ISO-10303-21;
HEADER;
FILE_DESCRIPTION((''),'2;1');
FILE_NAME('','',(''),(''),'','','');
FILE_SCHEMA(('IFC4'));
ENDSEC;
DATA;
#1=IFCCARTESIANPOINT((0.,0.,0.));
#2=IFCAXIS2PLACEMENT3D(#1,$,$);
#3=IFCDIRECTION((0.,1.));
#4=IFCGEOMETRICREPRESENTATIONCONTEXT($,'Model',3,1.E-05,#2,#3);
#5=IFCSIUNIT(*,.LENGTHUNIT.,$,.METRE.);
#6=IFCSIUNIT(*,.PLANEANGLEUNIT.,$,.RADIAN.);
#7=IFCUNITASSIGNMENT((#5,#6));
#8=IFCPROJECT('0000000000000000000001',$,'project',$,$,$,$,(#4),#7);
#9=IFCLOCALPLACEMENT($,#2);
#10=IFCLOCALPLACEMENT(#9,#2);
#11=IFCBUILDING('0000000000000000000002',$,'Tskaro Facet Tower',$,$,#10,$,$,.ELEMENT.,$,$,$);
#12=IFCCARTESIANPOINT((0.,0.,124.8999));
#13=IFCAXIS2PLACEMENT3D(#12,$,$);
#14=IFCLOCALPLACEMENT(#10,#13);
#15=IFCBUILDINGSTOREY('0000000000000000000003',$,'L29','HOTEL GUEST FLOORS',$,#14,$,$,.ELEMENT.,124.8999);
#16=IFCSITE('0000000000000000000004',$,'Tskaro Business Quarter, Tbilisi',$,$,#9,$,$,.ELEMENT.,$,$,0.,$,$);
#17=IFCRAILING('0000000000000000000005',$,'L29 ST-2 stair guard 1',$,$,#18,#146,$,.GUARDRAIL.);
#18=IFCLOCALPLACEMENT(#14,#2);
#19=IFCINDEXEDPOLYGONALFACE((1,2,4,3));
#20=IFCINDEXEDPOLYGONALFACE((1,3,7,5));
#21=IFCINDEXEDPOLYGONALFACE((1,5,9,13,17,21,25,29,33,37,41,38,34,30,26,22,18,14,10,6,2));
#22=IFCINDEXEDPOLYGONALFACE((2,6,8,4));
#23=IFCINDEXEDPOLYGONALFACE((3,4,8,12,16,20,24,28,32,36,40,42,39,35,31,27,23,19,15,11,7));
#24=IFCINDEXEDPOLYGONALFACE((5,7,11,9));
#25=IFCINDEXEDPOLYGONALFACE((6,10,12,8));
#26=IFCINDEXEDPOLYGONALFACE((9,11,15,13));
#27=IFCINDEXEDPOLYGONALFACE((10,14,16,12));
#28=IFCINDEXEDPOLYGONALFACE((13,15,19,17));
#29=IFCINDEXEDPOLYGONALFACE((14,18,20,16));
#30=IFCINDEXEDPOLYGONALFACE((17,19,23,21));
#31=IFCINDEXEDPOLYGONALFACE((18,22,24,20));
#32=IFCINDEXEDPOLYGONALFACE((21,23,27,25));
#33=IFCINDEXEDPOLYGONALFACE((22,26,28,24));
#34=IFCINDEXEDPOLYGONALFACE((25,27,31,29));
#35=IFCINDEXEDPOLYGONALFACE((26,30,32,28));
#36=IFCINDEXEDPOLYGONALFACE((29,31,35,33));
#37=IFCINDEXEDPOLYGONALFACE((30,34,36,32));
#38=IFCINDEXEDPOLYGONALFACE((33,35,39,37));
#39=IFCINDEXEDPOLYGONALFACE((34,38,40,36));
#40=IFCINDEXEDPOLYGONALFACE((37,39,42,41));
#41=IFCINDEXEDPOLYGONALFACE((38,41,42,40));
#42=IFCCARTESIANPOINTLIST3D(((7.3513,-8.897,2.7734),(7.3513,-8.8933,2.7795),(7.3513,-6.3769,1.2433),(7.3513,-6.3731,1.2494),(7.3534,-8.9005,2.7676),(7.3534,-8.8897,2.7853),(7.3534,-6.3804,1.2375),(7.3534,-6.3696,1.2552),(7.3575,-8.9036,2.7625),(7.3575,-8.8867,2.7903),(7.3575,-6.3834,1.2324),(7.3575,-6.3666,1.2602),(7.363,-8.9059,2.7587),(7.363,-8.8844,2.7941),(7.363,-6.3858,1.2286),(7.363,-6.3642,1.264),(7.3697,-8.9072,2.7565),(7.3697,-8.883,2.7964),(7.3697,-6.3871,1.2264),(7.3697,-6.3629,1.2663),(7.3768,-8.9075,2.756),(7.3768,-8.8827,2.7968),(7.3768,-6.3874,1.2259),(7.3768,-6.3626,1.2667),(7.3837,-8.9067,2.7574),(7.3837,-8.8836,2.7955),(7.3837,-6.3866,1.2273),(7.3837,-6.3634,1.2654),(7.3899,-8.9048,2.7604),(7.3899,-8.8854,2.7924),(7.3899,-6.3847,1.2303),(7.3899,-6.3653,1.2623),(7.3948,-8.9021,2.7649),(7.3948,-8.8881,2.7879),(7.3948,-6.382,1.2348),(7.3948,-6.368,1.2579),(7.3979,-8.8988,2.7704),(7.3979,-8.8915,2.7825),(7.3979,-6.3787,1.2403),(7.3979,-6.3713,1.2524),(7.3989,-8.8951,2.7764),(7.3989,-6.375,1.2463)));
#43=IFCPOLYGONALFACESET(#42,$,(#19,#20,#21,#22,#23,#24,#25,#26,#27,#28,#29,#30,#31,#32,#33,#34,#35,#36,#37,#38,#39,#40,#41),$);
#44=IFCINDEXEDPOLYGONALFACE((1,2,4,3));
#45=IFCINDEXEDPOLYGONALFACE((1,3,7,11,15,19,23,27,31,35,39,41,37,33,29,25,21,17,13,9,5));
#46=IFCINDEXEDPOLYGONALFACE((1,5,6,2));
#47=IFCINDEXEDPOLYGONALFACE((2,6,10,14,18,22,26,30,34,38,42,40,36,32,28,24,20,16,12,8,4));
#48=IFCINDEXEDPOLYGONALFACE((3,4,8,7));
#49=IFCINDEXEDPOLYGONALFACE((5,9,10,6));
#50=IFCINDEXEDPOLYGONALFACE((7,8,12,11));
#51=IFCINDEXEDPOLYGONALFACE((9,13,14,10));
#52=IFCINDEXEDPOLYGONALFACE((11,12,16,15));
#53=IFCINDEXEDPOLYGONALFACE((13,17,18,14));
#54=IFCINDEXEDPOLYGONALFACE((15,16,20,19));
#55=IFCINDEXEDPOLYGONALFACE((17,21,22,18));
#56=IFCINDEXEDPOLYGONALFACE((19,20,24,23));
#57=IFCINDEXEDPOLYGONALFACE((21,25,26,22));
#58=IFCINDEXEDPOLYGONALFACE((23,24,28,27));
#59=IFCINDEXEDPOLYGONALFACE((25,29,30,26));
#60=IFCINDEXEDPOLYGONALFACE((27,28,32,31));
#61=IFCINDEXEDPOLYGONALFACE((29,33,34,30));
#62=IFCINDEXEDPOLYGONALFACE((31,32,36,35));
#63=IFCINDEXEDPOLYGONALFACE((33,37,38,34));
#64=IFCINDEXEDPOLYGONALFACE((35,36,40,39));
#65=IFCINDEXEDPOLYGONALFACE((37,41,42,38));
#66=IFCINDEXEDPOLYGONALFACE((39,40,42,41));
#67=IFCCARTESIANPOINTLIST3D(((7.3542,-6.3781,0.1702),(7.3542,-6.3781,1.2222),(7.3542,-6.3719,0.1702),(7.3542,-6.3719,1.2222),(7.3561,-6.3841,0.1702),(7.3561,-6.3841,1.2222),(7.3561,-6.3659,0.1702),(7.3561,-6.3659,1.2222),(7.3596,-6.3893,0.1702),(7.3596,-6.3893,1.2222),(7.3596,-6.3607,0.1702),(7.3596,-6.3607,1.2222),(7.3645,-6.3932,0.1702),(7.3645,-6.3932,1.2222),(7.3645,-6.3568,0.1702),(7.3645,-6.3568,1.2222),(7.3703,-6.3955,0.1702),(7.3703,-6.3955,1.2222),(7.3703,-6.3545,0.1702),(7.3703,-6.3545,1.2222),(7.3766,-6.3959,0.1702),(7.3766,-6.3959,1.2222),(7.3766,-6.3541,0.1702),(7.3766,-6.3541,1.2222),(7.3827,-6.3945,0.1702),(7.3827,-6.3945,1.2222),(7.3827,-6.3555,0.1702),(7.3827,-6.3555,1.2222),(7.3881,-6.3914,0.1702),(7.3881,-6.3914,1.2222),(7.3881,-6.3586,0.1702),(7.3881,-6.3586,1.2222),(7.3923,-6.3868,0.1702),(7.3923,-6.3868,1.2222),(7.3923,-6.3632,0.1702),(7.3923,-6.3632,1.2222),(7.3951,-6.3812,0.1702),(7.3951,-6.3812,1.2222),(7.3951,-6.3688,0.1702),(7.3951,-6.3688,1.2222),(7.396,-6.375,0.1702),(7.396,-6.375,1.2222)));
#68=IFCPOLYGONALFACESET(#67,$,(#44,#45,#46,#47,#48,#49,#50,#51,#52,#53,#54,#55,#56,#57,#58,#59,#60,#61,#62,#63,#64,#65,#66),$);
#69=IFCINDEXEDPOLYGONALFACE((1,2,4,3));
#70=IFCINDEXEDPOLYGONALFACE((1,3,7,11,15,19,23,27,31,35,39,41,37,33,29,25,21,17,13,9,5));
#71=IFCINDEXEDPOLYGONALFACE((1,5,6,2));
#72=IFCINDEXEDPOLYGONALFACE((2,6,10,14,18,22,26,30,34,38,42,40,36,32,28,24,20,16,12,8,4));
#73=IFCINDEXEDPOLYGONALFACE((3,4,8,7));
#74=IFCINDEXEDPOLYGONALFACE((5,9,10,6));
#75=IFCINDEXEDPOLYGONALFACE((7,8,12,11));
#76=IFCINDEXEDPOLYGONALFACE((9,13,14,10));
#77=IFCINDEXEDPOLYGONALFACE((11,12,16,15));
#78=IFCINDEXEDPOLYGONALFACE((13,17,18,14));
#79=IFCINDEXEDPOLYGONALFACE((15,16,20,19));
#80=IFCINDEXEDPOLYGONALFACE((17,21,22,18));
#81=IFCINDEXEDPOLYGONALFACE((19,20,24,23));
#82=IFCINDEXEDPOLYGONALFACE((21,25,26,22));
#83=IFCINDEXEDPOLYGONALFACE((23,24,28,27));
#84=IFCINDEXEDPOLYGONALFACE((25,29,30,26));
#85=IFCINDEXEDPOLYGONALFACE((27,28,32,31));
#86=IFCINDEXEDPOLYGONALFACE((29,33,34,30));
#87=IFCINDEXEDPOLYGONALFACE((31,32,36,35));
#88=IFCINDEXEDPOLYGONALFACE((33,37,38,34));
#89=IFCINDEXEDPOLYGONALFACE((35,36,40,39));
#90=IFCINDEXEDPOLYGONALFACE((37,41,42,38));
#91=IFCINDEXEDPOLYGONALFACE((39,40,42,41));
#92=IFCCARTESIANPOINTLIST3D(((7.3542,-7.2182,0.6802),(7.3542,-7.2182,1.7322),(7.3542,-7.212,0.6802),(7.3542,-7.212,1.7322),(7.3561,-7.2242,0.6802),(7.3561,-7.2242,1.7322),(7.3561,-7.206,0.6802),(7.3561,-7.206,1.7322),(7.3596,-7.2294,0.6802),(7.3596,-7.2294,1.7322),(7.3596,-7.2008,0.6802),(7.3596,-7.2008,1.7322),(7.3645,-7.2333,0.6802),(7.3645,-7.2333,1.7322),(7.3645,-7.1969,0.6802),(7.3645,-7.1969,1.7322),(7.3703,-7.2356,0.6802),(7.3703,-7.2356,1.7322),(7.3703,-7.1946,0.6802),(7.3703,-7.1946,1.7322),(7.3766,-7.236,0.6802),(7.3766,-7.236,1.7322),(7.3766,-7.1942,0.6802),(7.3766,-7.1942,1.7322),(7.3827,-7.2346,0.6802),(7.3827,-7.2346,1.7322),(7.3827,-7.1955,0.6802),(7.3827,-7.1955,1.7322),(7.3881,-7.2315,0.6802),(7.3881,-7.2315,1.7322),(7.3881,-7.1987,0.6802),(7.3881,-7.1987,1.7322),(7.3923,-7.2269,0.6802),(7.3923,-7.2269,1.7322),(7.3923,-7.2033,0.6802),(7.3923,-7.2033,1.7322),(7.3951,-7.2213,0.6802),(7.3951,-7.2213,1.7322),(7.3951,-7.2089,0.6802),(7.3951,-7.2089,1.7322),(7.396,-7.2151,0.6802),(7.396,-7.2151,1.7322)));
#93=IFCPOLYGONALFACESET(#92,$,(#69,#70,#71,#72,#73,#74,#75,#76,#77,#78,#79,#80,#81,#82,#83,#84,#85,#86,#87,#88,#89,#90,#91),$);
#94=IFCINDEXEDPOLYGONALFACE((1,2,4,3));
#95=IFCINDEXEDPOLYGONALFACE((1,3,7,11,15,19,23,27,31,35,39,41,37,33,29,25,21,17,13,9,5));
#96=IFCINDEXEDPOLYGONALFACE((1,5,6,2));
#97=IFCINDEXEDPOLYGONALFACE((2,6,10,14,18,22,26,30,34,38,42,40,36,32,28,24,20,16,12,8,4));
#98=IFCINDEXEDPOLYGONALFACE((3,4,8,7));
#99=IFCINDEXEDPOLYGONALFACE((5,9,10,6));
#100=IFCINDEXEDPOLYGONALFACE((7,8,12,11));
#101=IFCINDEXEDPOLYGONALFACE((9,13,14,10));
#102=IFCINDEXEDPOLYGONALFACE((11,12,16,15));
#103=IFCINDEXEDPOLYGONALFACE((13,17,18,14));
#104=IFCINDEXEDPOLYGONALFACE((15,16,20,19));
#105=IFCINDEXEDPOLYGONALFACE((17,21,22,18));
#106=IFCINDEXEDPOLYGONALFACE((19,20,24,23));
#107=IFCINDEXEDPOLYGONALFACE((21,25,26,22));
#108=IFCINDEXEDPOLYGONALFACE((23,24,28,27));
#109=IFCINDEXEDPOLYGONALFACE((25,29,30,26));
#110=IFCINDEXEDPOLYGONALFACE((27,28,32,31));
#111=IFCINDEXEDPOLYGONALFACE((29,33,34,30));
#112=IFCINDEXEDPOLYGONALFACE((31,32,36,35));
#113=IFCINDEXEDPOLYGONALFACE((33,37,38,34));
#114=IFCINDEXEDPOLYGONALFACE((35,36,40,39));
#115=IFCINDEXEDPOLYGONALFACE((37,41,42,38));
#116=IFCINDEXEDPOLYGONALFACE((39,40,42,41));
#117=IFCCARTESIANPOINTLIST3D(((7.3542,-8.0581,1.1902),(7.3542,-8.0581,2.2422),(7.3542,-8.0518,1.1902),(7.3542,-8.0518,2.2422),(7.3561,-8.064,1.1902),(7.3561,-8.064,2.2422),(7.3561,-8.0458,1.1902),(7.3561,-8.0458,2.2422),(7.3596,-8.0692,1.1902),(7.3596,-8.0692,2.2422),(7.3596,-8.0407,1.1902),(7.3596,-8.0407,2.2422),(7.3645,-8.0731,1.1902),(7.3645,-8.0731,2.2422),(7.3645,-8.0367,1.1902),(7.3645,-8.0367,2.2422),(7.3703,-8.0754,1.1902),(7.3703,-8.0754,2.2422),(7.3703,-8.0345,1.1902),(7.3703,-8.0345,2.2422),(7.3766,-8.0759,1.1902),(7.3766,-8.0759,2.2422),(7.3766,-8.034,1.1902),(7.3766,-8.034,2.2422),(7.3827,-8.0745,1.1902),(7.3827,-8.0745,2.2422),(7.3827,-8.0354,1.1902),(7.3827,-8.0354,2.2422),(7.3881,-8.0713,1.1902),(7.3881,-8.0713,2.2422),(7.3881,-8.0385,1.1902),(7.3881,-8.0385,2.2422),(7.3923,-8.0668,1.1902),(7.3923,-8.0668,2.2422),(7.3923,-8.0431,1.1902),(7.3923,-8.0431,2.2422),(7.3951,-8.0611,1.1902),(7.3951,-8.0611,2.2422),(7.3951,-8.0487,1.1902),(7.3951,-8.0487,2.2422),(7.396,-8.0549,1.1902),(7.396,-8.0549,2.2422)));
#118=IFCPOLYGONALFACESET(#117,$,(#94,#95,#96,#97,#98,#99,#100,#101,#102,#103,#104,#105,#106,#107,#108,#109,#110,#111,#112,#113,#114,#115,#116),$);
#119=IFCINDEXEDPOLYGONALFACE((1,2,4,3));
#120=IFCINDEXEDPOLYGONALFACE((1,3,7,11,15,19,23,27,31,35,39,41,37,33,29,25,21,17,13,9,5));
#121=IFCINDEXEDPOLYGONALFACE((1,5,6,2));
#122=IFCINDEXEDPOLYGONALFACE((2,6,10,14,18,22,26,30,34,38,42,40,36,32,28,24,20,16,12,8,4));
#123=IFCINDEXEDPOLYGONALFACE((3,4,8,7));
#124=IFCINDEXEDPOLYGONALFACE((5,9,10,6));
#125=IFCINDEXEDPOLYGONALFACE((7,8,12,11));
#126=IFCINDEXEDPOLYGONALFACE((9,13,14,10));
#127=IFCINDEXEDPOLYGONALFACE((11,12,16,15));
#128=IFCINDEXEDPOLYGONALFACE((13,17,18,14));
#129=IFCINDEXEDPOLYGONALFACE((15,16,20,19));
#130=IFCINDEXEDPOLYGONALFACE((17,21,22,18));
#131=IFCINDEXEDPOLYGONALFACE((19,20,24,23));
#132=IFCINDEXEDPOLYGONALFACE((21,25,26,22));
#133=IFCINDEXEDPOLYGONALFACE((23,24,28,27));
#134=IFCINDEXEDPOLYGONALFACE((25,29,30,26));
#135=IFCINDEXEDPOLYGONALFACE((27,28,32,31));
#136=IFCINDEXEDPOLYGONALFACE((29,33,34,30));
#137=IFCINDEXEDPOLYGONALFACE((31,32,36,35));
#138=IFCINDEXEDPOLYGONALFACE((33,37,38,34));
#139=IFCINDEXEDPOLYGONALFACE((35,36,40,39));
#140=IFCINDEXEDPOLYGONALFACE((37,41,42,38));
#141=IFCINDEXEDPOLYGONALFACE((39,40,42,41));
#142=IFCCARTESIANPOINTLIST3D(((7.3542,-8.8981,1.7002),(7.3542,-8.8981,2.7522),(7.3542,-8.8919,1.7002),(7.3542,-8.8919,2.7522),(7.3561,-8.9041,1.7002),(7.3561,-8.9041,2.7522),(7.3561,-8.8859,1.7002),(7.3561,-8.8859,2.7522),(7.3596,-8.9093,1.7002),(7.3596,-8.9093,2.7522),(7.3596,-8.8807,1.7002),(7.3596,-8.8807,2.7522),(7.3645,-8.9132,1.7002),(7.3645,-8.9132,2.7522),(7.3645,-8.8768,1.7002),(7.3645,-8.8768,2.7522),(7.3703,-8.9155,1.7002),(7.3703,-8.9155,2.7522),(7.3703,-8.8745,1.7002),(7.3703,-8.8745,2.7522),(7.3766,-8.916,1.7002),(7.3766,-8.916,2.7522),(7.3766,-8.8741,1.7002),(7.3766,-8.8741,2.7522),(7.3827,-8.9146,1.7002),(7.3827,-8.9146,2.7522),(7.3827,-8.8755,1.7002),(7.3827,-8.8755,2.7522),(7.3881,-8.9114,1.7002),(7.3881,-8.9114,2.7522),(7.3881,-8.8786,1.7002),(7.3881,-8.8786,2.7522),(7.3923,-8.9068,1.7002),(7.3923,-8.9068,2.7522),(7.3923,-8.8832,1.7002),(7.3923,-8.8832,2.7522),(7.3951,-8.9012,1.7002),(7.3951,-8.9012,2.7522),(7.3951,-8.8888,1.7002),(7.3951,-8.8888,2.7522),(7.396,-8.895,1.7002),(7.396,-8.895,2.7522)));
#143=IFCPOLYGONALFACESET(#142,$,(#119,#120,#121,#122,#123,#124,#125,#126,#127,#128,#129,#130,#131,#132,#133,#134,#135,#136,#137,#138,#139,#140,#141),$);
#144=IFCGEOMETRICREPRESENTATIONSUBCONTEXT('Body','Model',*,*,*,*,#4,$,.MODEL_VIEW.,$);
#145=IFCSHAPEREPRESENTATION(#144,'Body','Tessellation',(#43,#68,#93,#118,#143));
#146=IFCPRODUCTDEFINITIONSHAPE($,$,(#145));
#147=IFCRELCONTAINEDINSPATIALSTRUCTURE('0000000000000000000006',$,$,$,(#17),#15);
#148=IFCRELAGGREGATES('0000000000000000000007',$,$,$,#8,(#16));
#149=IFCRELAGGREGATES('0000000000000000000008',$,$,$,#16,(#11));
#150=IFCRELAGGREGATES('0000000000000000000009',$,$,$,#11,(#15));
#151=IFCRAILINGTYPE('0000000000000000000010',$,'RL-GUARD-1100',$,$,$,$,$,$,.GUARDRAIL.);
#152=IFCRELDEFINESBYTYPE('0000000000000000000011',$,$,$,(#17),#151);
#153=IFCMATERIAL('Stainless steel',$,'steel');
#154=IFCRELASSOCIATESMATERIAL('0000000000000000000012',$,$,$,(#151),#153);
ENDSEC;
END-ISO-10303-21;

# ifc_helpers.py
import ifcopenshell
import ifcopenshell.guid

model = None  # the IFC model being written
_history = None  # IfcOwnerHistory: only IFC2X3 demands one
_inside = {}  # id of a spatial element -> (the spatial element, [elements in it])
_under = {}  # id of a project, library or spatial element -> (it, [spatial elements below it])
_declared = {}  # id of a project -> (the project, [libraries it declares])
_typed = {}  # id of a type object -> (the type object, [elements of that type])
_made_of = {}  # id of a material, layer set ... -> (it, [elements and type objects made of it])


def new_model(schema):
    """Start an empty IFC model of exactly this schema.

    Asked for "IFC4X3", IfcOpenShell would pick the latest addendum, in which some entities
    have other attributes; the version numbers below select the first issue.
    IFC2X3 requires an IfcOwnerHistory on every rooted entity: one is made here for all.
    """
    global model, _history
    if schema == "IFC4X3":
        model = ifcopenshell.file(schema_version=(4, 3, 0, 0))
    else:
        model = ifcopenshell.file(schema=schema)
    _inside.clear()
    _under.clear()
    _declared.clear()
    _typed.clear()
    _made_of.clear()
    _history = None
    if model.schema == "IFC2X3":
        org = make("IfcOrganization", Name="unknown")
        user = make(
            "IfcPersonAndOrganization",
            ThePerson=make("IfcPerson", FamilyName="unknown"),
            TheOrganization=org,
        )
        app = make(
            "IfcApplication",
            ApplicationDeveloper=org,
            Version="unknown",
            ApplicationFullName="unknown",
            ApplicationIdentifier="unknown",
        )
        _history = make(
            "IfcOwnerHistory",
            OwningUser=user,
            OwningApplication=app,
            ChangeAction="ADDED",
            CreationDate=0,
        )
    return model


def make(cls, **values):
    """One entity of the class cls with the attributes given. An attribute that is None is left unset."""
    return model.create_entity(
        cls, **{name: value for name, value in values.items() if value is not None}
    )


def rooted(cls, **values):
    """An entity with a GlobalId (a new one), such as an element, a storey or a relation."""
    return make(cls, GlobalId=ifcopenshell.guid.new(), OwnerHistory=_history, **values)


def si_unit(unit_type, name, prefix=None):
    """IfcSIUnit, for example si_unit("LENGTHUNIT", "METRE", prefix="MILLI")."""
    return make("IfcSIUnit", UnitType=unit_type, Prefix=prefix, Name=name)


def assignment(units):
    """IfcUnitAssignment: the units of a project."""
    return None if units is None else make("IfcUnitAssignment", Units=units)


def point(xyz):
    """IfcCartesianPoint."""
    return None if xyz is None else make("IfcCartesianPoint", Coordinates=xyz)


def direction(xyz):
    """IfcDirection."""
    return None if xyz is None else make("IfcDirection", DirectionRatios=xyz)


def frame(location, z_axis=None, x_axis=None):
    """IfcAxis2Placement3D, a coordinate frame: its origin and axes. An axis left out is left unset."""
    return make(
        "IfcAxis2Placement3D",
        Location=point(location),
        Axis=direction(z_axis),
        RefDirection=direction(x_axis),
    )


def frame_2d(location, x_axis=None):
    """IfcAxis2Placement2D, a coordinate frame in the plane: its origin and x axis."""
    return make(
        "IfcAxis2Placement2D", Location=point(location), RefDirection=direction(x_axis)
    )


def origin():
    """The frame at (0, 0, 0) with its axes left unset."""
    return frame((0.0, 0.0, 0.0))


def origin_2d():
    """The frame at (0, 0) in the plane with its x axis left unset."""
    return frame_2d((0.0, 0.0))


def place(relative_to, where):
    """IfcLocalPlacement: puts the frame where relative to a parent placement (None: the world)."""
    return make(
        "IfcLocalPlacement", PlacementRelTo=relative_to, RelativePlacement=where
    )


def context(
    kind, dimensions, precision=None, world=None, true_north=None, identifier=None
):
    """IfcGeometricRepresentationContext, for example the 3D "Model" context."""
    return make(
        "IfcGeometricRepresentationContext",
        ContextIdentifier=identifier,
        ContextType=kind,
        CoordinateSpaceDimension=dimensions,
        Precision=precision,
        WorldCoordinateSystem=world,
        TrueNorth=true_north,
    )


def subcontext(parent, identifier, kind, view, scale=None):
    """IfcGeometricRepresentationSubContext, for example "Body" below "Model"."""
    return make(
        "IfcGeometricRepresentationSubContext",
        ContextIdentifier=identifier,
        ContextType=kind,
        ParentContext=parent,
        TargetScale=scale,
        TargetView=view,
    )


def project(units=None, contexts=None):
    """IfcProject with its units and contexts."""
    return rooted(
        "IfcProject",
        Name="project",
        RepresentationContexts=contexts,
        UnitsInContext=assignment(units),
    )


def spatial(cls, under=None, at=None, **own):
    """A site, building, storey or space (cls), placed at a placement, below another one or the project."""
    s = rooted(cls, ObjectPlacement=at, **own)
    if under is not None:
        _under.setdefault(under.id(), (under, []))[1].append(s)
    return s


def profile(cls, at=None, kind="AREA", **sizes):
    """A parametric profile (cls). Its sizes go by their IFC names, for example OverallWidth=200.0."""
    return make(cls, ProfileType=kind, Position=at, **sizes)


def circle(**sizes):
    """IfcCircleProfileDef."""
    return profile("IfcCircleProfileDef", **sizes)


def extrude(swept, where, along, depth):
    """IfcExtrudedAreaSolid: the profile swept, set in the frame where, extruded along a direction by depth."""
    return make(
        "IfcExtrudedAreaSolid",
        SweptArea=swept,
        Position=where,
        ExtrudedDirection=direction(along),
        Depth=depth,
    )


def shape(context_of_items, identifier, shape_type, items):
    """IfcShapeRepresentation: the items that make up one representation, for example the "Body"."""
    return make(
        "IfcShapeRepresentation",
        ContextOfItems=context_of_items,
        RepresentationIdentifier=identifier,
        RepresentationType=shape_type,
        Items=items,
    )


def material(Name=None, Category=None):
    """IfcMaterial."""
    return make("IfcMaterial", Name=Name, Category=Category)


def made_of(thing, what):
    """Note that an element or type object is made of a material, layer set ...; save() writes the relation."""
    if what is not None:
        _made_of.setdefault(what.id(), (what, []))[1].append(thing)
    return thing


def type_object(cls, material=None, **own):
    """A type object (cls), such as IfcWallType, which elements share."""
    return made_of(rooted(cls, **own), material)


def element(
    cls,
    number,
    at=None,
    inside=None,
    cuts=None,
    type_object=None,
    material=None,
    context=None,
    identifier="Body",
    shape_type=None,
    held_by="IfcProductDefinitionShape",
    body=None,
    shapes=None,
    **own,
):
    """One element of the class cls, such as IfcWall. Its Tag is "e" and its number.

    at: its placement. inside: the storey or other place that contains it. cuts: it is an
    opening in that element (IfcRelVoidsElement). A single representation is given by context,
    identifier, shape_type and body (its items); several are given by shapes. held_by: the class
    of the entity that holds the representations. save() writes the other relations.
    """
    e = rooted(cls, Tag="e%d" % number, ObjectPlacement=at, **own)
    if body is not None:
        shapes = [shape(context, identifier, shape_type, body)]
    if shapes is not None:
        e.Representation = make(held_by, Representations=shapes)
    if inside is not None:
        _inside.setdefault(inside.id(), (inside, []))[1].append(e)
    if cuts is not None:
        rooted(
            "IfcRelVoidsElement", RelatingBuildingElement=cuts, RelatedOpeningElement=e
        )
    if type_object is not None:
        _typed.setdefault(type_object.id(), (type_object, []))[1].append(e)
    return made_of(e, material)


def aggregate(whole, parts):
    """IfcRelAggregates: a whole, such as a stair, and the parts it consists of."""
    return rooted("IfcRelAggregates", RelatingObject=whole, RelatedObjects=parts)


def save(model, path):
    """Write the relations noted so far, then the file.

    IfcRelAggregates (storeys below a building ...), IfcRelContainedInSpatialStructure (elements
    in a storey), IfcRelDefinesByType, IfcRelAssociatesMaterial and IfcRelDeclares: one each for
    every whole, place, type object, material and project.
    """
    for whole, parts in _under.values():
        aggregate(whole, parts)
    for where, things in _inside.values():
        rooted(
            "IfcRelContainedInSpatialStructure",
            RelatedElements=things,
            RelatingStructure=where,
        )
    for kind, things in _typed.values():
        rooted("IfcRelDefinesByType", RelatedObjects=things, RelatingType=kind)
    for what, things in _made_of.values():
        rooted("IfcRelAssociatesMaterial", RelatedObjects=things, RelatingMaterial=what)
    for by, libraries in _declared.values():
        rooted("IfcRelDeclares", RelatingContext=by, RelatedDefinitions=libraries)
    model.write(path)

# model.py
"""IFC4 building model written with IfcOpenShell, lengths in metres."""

from ifc_helpers import new_model, si_unit, direction, frame, origin, origin_2d, place, context, subcontext, project, spatial, circle, extrude, material, type_object, element, save


model = new_model("IFC4")

# Units and contexts
model_context = context("Model", 3, precision=1e-05, world=origin(), true_north=direction((0.0, 1.0)))
body_context = subcontext(model_context, "Body", "Model", "MODEL_VIEW")
ifc_project = project(units=[si_unit("LENGTHUNIT", "METRE"), si_unit("PLANEANGLEUNIT", "RADIAN")], contexts=[model_context])

# Site, building, storey
site_placement = place(None, origin())
site = spatial("IfcSite", under=ifc_project, at=site_placement, Name="Tskaro Business Quarter, Tbilisi", CompositionType="ELEMENT", RefElevation=0.0)
building_placement = place(site_placement, origin())
building = spatial("IfcBuilding", under=site, at=building_placement, Name="Tskaro Facet Tower", CompositionType="ELEMENT")
storey_placement = place(building_placement, frame((0.0, 0.0, 124.8999)))
storey = spatial("IfcBuildingStorey", under=building, at=storey_placement, Name="L29", Description="HOTEL GUEST FLOORS", CompositionType="ELEMENT", Elevation=124.8999)

# Railing
ifc_material_1 = material(Name="Stainless steel", Category="steel")
railing_type_1 = type_object("IfcRailingType", Name="RL-GUARD-1100", PredefinedType="GUARDRAIL", material=ifc_material_1)
railing_1_placement = place(storey_placement, frame((7.375, -6.375, 0.1702)))
element("IfcRailing", 1, at=railing_1_placement, inside=storey, type_object=railing_type_1, Name="L29 ST-2 stair guard 1", PredefinedType="GUARDRAIL", context=body_context, shape_type="SweptSolid", body=[
    extrude(circle(Radius=0.0239, at=origin_2d()), frame((0.0, 0.0, 1.0762), z_axis=(0.0, -0.854785, 0.518982), x_axis=(1.0, 0.0, 0.0)), (0.0, 0.0, 1.0), 2.9482),
    extrude(circle(Radius=0.021, at=origin_2d()), origin(), (0.0, 0.0, 1.0), 1.052),
    extrude(circle(Radius=0.021, at=origin_2d()), frame((0.0, -0.8401, 0.51)), (0.0, 0.0, 1.0), 1.052),
    extrude(circle(Radius=0.021, at=origin_2d()), frame((0.0, -1.6799, 1.02)), (0.0, 0.0, 1.0), 1.052),
    extrude(circle(Radius=0.021, at=origin_2d()), frame((0.0, -2.52, 1.53)), (0.0, 0.0, 1.0), 1.052),
])

save(model, "model.ifc")
